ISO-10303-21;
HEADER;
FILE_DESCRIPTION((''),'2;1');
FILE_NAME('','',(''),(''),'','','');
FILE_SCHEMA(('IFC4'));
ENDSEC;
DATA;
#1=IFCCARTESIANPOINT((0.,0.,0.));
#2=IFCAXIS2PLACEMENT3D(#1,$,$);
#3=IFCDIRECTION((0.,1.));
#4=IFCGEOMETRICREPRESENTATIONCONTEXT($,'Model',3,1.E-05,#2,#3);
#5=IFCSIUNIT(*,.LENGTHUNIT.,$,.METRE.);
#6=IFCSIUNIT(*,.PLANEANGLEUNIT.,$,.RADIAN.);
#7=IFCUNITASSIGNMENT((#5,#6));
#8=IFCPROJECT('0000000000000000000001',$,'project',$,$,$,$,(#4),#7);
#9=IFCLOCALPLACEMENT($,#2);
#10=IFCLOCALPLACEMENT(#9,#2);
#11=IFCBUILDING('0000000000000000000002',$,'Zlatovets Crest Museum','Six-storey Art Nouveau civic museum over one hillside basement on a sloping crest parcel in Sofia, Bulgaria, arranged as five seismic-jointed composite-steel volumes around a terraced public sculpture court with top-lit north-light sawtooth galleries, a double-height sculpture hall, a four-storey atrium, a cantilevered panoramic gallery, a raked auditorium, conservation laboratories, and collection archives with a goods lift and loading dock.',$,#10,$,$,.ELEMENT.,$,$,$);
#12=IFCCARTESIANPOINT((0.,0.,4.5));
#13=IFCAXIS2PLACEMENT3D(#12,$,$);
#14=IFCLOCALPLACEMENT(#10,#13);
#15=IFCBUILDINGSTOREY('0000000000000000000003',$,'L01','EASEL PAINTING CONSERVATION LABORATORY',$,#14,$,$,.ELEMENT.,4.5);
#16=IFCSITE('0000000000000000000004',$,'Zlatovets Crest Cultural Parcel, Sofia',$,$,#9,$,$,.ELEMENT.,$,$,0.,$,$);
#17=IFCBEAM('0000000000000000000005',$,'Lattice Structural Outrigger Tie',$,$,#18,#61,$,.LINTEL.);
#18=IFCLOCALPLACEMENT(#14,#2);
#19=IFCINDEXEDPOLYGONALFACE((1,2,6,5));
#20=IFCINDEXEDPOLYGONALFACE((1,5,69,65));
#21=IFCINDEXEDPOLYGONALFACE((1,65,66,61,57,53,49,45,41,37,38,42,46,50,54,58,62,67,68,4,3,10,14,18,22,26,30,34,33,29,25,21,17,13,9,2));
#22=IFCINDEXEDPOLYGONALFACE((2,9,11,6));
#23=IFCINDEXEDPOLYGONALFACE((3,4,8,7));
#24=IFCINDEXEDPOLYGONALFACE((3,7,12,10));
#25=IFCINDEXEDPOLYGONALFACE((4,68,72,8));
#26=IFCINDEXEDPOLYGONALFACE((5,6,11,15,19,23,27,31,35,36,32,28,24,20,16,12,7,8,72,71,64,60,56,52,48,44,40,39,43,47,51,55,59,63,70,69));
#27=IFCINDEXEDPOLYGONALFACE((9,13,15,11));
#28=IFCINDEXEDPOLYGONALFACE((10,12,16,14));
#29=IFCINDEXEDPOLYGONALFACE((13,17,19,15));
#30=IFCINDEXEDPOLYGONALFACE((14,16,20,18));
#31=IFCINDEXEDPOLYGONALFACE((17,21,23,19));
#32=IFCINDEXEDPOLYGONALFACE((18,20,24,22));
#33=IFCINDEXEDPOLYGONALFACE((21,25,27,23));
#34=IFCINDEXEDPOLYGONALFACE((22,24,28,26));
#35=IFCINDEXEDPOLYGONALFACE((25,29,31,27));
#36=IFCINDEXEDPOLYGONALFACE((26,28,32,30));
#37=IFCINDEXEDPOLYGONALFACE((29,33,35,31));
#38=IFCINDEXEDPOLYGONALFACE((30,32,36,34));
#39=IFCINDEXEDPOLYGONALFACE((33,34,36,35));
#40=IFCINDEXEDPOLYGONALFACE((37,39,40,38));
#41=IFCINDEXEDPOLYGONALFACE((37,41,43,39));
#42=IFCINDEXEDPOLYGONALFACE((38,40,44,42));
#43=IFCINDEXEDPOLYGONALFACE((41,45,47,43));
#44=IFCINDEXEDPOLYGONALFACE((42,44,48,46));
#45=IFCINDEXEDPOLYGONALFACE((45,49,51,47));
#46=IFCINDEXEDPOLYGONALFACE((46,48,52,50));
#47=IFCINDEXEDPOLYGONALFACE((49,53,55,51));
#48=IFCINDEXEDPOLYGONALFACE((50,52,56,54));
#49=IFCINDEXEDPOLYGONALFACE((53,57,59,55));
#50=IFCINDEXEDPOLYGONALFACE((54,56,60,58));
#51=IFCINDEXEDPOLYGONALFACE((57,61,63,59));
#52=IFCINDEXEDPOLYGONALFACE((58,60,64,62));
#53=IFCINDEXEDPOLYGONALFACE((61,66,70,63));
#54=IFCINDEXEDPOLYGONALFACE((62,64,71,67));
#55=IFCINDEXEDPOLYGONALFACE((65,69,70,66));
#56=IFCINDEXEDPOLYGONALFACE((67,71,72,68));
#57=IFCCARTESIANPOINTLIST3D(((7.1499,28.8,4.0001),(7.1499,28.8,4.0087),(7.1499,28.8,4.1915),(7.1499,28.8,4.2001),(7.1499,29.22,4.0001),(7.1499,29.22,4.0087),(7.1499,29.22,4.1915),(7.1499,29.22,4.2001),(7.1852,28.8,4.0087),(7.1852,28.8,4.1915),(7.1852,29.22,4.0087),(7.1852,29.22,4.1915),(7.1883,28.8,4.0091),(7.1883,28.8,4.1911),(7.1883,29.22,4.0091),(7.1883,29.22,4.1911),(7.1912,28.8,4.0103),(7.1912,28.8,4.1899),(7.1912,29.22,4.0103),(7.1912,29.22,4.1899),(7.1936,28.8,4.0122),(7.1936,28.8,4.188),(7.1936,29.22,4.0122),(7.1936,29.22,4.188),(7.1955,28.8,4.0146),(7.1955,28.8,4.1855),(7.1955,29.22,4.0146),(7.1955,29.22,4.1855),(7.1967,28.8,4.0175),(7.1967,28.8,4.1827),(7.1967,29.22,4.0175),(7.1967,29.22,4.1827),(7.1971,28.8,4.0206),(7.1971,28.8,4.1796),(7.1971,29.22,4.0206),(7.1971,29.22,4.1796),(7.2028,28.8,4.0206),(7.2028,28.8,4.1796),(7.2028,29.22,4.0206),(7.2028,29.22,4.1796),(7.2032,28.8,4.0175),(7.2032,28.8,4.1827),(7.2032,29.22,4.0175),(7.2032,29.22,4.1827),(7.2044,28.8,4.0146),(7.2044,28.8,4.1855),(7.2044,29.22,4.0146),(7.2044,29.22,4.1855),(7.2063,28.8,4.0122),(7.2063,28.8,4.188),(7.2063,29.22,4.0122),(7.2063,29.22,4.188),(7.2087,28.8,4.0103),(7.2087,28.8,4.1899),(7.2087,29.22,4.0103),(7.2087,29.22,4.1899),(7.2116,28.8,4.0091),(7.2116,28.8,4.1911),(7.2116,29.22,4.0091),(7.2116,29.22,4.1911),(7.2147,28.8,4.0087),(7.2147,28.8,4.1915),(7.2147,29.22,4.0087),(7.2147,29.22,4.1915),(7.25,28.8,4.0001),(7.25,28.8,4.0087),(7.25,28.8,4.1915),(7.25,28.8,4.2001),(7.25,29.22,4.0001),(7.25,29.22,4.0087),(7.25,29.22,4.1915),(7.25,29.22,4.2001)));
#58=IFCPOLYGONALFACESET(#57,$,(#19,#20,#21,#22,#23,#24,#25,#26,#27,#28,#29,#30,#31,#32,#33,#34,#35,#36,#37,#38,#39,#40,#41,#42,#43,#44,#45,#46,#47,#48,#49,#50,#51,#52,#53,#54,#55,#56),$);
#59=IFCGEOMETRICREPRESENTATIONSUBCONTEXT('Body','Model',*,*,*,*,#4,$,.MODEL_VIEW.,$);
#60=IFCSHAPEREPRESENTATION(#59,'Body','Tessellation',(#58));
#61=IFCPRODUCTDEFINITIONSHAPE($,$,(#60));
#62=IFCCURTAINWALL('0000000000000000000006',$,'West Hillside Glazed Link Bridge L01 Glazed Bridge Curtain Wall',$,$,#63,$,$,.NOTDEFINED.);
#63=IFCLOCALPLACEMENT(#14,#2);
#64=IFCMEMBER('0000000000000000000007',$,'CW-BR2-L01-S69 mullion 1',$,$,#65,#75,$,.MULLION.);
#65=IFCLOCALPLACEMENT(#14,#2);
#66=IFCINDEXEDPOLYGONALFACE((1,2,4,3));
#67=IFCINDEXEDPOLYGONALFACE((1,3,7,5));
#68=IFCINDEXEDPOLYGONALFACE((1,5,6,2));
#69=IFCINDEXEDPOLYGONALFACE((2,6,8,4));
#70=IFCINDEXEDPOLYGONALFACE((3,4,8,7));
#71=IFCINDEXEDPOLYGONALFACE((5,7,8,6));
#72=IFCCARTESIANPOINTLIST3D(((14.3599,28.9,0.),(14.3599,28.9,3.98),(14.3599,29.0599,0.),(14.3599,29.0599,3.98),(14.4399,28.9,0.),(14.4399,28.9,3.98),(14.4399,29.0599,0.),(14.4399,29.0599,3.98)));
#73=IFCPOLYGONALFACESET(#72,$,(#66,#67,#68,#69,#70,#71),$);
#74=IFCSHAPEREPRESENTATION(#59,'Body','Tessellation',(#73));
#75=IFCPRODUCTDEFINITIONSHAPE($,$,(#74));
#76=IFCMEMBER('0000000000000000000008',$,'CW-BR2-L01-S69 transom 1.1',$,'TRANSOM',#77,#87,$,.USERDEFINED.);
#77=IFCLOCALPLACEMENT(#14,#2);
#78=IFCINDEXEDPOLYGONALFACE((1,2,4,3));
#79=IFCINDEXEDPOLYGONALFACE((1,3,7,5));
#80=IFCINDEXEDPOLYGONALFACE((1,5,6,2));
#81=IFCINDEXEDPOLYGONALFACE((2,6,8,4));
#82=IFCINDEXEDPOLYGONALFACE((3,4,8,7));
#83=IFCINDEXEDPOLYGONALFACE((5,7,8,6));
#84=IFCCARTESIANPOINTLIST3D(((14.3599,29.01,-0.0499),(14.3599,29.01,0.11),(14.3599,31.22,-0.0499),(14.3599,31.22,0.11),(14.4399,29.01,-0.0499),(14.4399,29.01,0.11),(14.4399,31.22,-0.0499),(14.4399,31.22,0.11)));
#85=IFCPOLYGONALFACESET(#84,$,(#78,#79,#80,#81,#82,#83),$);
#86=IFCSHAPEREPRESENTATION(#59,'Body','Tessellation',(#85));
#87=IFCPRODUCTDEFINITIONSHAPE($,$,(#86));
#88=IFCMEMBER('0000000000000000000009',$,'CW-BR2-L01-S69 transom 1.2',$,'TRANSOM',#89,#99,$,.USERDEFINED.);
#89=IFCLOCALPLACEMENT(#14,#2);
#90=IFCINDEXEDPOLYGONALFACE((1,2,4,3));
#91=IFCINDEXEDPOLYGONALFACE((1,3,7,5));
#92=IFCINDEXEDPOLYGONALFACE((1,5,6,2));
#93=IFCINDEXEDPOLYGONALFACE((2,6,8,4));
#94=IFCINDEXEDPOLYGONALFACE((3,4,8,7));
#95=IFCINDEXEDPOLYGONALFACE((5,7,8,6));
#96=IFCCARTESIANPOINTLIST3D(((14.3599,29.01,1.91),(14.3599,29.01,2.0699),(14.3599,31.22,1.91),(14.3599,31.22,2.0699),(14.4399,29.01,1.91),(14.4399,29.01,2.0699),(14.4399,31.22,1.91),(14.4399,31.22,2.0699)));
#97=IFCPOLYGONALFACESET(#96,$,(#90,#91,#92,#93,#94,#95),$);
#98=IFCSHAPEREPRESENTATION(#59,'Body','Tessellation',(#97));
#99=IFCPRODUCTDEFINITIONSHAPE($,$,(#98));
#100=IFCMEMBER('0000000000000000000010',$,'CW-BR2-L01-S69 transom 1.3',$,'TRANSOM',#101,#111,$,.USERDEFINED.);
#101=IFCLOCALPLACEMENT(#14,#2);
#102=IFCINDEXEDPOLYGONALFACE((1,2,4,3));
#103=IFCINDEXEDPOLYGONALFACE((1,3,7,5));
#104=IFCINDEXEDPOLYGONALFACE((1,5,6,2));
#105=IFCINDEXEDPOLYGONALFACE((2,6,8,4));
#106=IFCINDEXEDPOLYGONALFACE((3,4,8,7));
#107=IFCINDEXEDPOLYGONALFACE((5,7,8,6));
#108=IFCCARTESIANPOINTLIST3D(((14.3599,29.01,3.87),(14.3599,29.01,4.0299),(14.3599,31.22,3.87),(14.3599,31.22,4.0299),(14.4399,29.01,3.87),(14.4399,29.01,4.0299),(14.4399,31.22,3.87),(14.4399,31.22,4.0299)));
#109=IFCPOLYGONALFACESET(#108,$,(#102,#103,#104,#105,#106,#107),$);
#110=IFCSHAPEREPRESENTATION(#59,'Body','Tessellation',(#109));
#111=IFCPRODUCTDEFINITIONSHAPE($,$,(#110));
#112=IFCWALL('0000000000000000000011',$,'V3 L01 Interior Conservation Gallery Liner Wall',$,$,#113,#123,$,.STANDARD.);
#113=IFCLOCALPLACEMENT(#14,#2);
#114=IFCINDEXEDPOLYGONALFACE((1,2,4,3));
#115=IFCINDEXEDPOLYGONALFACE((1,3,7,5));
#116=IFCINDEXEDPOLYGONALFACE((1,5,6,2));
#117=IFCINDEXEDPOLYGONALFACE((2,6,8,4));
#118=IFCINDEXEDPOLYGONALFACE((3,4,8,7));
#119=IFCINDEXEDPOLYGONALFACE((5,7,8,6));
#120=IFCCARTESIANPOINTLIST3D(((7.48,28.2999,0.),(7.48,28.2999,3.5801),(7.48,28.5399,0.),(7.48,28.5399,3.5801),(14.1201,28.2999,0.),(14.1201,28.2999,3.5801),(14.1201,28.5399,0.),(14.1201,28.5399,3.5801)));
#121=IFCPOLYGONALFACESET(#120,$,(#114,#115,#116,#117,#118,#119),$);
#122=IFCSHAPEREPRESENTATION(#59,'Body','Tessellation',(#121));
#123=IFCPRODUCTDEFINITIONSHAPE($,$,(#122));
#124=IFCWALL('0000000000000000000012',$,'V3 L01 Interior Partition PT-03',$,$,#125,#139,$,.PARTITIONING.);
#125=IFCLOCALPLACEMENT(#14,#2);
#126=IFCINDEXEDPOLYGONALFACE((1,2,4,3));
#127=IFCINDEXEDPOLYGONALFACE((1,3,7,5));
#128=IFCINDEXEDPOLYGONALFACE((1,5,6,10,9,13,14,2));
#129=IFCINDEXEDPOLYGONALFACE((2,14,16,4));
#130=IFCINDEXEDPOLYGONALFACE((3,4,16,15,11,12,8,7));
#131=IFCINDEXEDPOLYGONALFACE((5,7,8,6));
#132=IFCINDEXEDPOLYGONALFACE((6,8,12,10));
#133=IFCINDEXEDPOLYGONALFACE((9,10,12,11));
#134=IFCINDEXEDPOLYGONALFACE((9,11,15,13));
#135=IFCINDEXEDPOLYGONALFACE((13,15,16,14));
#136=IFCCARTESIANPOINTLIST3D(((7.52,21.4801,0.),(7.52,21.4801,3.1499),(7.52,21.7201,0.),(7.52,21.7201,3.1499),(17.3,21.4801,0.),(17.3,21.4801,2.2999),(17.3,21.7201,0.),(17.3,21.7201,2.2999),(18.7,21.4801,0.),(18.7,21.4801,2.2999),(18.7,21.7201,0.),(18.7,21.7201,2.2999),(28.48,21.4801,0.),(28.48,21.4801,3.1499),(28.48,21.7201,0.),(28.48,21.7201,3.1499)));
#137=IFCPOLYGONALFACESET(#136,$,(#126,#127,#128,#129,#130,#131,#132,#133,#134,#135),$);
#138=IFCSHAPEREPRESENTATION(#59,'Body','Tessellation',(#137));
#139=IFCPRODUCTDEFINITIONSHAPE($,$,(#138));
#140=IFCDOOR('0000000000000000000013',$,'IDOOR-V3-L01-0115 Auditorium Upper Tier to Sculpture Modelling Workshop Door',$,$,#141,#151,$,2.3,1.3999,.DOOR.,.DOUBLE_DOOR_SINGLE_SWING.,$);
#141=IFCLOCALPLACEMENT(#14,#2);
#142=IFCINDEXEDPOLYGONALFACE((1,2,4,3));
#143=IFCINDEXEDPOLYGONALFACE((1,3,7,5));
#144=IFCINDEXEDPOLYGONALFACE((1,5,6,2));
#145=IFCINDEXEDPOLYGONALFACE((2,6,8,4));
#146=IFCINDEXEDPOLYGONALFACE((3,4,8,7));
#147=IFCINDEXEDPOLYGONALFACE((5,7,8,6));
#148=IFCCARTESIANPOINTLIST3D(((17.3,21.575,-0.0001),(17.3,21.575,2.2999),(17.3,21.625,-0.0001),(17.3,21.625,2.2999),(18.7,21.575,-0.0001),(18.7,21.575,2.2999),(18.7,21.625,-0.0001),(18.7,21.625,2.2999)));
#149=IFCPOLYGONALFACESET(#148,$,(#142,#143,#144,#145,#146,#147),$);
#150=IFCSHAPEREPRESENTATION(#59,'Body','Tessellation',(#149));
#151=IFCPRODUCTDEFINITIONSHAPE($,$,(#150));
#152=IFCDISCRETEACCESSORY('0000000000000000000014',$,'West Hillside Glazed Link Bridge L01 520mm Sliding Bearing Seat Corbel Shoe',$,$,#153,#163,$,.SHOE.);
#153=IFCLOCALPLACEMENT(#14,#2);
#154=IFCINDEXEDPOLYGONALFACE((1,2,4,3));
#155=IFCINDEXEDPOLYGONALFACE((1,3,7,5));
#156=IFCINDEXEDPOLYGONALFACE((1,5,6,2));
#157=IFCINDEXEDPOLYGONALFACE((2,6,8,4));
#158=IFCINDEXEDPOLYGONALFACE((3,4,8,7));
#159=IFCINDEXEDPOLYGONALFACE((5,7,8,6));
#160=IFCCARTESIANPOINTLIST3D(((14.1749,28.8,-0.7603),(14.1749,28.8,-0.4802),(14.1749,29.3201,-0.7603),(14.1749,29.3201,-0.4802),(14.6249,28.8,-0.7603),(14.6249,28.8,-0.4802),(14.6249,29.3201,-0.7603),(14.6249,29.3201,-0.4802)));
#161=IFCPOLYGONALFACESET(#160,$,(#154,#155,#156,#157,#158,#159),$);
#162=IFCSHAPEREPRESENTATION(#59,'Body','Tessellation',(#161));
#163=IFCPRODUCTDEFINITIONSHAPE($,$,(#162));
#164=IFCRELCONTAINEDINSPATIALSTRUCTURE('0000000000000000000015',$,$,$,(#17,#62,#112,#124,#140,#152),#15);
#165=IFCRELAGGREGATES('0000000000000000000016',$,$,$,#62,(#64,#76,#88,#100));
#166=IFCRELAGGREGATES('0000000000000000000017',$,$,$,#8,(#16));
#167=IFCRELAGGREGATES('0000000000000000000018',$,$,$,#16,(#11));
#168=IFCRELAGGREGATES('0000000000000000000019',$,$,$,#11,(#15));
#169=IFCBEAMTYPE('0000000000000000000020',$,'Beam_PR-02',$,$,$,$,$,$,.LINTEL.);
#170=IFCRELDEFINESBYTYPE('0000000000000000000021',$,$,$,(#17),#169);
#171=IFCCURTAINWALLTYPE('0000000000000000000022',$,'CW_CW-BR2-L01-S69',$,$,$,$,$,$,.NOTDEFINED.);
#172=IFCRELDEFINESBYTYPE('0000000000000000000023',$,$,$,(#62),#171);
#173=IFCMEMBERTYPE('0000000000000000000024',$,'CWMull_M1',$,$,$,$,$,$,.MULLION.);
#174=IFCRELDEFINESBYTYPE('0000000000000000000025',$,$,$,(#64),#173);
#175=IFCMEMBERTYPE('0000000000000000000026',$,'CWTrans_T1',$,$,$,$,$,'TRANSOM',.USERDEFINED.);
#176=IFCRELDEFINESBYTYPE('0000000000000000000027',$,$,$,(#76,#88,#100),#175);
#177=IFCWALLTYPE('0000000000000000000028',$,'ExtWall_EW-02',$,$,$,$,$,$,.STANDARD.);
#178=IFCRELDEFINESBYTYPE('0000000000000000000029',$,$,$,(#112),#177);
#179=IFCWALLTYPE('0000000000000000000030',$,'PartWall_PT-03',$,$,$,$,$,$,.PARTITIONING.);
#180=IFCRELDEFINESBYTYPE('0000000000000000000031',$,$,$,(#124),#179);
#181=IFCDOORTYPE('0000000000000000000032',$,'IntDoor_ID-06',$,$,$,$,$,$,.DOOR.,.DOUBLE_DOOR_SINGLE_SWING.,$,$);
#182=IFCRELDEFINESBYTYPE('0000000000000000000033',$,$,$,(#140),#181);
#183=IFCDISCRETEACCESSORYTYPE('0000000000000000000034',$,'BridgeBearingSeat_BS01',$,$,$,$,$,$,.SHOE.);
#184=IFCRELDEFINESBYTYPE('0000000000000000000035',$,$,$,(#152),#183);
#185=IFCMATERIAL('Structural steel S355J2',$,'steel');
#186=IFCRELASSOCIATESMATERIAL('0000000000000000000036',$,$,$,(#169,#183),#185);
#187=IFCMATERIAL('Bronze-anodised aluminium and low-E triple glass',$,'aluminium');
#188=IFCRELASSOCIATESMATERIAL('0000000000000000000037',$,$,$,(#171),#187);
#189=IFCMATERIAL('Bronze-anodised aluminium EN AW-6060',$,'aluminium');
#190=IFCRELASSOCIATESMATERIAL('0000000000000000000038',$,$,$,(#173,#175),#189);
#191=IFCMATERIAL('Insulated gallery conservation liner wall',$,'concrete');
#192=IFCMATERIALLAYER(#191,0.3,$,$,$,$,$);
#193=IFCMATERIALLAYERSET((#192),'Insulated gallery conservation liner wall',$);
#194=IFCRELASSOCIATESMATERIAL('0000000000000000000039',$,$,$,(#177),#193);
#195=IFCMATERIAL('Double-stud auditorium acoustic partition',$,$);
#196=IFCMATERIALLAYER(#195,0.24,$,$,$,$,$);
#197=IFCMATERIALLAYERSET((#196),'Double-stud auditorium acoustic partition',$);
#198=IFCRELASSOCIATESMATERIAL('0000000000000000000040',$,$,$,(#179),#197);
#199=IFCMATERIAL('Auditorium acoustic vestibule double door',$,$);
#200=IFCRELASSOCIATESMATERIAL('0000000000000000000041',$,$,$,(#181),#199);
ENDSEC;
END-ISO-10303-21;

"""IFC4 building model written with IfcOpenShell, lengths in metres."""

from ifc_helpers import new_model, si_unit, direction, frame, frame_2d, origin, origin_2d, place, context, subcontext, project, spatial, rectangle, i_section, extrude, material, layer, layer_set, material_profile, profile_set, type_object, element, fill, aggregate, save


model = new_model("IFC4")

# Units and contexts
model_context = context("Model", 3, precision=1e-05, world=origin(), true_north=direction((0.0, 1.0)))
body_context = subcontext(model_context, "Body", "Model", "MODEL_VIEW")
ifc_project = project(units=[si_unit("LENGTHUNIT", "METRE"), si_unit("PLANEANGLEUNIT", "RADIAN")], contexts=[model_context])

# Site, building, storey
site_placement = place(None, origin())
site = spatial("IfcSite", under=ifc_project, at=site_placement, Name="Zlatovets Crest Cultural Parcel, Sofia", CompositionType="ELEMENT", RefElevation=0.0)
building_placement = place(site_placement, origin())
building = spatial("IfcBuilding", under=site, at=building_placement, Name="Zlatovets Crest Museum", Description="Six-storey Art Nouveau civic museum over one hillside basement on a sloping crest parcel in Sofia, Bulgaria, arranged as five seismic-jointed composite-steel volumes around a terraced public sculpture court with top-lit north-light sawtooth galleries, a double-height sculpture hall, a four-storey atrium, a cantilevered panoramic gallery, a raked auditorium, conservation laboratories, and collection archives with a goods lift and loading dock.", CompositionType="ELEMENT")
storey_placement = place(building_placement, frame((0.0, 0.0, 4.5)))
storey = spatial("IfcBuildingStorey", under=building, at=storey_placement, Name="L01", Description="EASEL PAINTING CONSERVATION LABORATORY", CompositionType="ELEMENT", Elevation=4.5)

# Shared definitions
ifc_material_1 = material(Name="Structural steel S355J2", Category="steel")

# Beam
ifc_material_profile_1 = material_profile(ifc_material_1, i_section(OverallWidth=0.1001, OverallDepth=0.2, WebThickness=0.0056, FlangeThickness=0.0085, FilletRadius=0.012, at=origin_2d()), Name="IPE 200")
ifc_profile_set_1 = profile_set([ifc_material_profile_1], Name="Structural steel S355J2")
beam_type_1 = type_object("IfcBeamType", Name="Beam_PR-02", PredefinedType="LINTEL", material=ifc_profile_set_1)
for number, where, z_axis, x_axis, name in (
    (1, (7.2, 28.8, 4.1001), (0.0, 1.0, 0.0), (-1.0, 0.0, 0.0), "Lattice Structural Outrigger Tie"),
):
    element("IfcBeam", number, at=place(storey_placement, frame(where, z_axis=z_axis, x_axis=x_axis)), inside=storey, type_object=beam_type_1, Name=name, PredefinedType="LINTEL", context=body_context, shape_type="SweptSolid", body=[
        extrude(i_section(OverallWidth=0.1001, OverallDepth=0.2, WebThickness=0.0056, FlangeThickness=0.0085, FilletRadius=0.012, at=origin_2d()), origin(), (0.0, 0.0, 1.0), 0.4199),
    ])

# Curtain wall, members
ifc_material_2 = material(Name="Bronze-anodised aluminium and low-E triple glass", Category="aluminium")
curtain_wall_type = type_object("IfcCurtainWallType", Name="CW_CW-BR2-L01-S69", PredefinedType="NOTDEFINED", material=ifc_material_2)
curtain_wall_placement = place(storey_placement, origin())
curtain_wall = element("IfcCurtainWall", 2, at=curtain_wall_placement, inside=storey, type_object=curtain_wall_type, Name="West Hillside Glazed Link Bridge L01 Glazed Bridge Curtain Wall", PredefinedType="NOTDEFINED")
ifc_material_3 = material(Name="Bronze-anodised aluminium EN AW-6060", Category="aluminium")
ifc_material_profile_2 = material_profile(ifc_material_3, rectangle(XDim=0.0801, YDim=0.1599, at=origin_2d()), Name="ALU 80x160")
ifc_profile_set_2 = profile_set([ifc_material_profile_2], Name="Bronze-anodised aluminium EN AW-6060")
member_type_1 = type_object("IfcMemberType", Name="CWMull_M1", PredefinedType="MULLION", material=ifc_profile_set_2)
member_1_placement = place(storey_placement, frame((14.3999, 28.98, 0.0), z_axis=(0.0, 0.0, 1.0), x_axis=(-1.0, 0.0, 0.0)))
member_1 = element("IfcMember", 3, at=member_1_placement, type_object=member_type_1, Name="CW-BR2-L01-S69 mullion 1", PredefinedType="MULLION", context=body_context, shape_type="SweptSolid", body=[
    extrude(rectangle(XDim=0.0801, YDim=0.1599, at=origin_2d()), origin(), (0.0, 0.0, 1.0), 3.98),
])
ifc_material_profile_3 = material_profile(ifc_material_3, rectangle(XDim=0.0801, YDim=0.1599, at=origin_2d()), Name="ALU 80x160")
ifc_profile_set_3 = profile_set([ifc_material_profile_3], Name="Bronze-anodised aluminium EN AW-6060")
member_type_2 = type_object("IfcMemberType", Name="CWTrans_T1", ElementType="TRANSOM", PredefinedType="USERDEFINED", material=ifc_profile_set_3)
member_2_placement = place(storey_placement, frame((14.3999, 29.01, 0.03), z_axis=(0.0, 1.0, 0.0), x_axis=(-1.0, 0.0, 0.0)))
member_2 = element("IfcMember", 4, at=member_2_placement, type_object=member_type_2, Name="CW-BR2-L01-S69 transom 1.1", ObjectType="TRANSOM", PredefinedType="USERDEFINED", context=body_context, shape_type="SweptSolid", body=[
    extrude(rectangle(XDim=0.0801, YDim=0.1599, at=origin_2d()), origin(), (0.0, 0.0, 1.0), 2.21),
])
member_3_placement = place(storey_placement, frame((14.3999, 29.01, 1.99), z_axis=(0.0, 1.0, 0.0), x_axis=(-1.0, 0.0, 0.0)))
member_3 = element("IfcMember", 5, at=member_3_placement, type_object=member_type_2, Name="CW-BR2-L01-S69 transom 1.2", ObjectType="TRANSOM", PredefinedType="USERDEFINED", context=body_context, shape_type="SweptSolid", body=[
    extrude(rectangle(XDim=0.0801, YDim=0.1599, at=origin_2d()), origin(), (0.0, 0.0, 1.0), 2.21),
])
member_4_placement = place(storey_placement, frame((14.3999, 29.01, 3.95), z_axis=(0.0, 1.0, 0.0), x_axis=(-1.0, 0.0, 0.0)))
member_4 = element("IfcMember", 6, at=member_4_placement, type_object=member_type_2, Name="CW-BR2-L01-S69 transom 1.3", ObjectType="TRANSOM", PredefinedType="USERDEFINED", context=body_context, shape_type="SweptSolid", body=[
    extrude(rectangle(XDim=0.0801, YDim=0.1599, at=origin_2d()), origin(), (0.0, 0.0, 1.0), 2.21),
])
aggregate(curtain_wall, [member_1, member_2, member_3, member_4])

# Wall
ifc_material_4 = material(Name="Insulated gallery conservation liner wall", Category="concrete")
ifc_layer_1 = layer(ifc_material_4, 0.3)
ifc_layer_set_1 = layer_set([ifc_layer_1], Name="Insulated gallery conservation liner wall")
wall_type_1 = type_object("IfcWallType", Name="ExtWall_EW-02", PredefinedType="STANDARD", material=ifc_layer_set_1)
wall_1_placement = place(storey_placement, frame((14.1201, 28.4199, 0.0), z_axis=(0.0, 0.0, 1.0), x_axis=(-1.0, 0.0, 0.0)))
element("IfcWall", 7, at=wall_1_placement, inside=storey, type_object=wall_type_1, Name="V3 L01 Interior Conservation Gallery Liner Wall", PredefinedType="STANDARD", context=body_context, shape_type="SweptSolid", body=[
    extrude(rectangle(XDim=6.6401, YDim=0.24, at=frame_2d((3.3201, 0.0))), origin(), (0.0, 0.0, 1.0), 3.5801),
])

# Wall, opening, door
ifc_material_5 = material(Name="Double-stud auditorium acoustic partition")
ifc_layer_2 = layer(ifc_material_5, 0.24)
ifc_layer_set_2 = layer_set([ifc_layer_2], Name="Double-stud auditorium acoustic partition")
wall_type_2 = type_object("IfcWallType", Name="PartWall_PT-03", PredefinedType="PARTITIONING", material=ifc_layer_set_2)
wall_2_placement = place(storey_placement, frame((7.52, 21.6001, 0.0), z_axis=(0.0, 0.0, 1.0), x_axis=(1.0, 0.0, 0.0)))
wall_2 = element("IfcWall", 8, at=wall_2_placement, inside=storey, type_object=wall_type_2, Name="V3 L01 Interior Partition PT-03", PredefinedType="PARTITIONING", context=body_context, shape_type="SweptSolid", body=[
    extrude(rectangle(XDim=20.96, YDim=0.24, at=frame_2d((10.48, 0.0))), origin(), (0.0, 0.0, 1.0), 3.1499),
])
opening_placement = place(wall_2_placement, frame((9.78, 0.0, 0.0)))
opening = element("IfcOpeningElement", 9, at=opening_placement, cuts=wall_2, PredefinedType="OPENING", context=body_context, shape_type="SweptSolid", body=[
    extrude(rectangle(XDim=1.3999, YDim=2.3, at=frame_2d((0.7, 1.1499))), frame((0.0, 0.1299, 0.0), z_axis=(0.0, -1.0, 0.0), x_axis=(1.0, 0.0, 0.0)), (0.0, 0.0, 1.0), 0.26),
])
ifc_material_6 = material(Name="Auditorium acoustic vestibule double door")
door_type = type_object("IfcDoorType", Name="IntDoor_ID-06", OperationType="DOUBLE_DOOR_SINGLE_SWING", PredefinedType="DOOR", material=ifc_material_6)
door_placement = place(opening_placement, origin())
door = element("IfcDoor", 10, at=door_placement, inside=storey, type_object=door_type, Name="IDOOR-V3-L01-0115 Auditorium Upper Tier to Sculpture Modelling Workshop Door", OperationType="DOUBLE_DOOR_SINGLE_SWING", OverallHeight=2.3, OverallWidth=1.3999, PredefinedType="DOOR", context=body_context, shape_type="SweptSolid", body=[
    extrude(rectangle(XDim=1.3999, YDim=2.3, at=frame_2d((0.7, 1.1499))), frame((0.0, 0.0249, 0.0), z_axis=(0.0, -1.0, 0.0), x_axis=(1.0, 0.0, 0.0)), (0.0, 0.0, 1.0), 0.05),
])
fill(opening, door)

# Discrete accessory
discrete_accessory_type = type_object("IfcDiscreteAccessoryType", Name="BridgeBearingSeat_BS01", PredefinedType="SHOE", material=ifc_material_1)
discrete_accessory_placement = place(storey_placement, frame((14.3999, 29.0601, -0.7603), z_axis=(0.0, 0.0, 1.0), x_axis=(1.0, 0.0, 0.0)))
element("IfcDiscreteAccessory", 11, at=discrete_accessory_placement, inside=storey, type_object=discrete_accessory_type, Name="West Hillside Glazed Link Bridge L01 520mm Sliding Bearing Seat Corbel Shoe", PredefinedType="SHOE", context=body_context, shape_type="SweptSolid", body=[
    extrude(rectangle(XDim=0.45, YDim=0.52, at=origin_2d()), origin(), (0.0, 0.0, 1.0), 0.28),
])

save(model, "model.ifc")
